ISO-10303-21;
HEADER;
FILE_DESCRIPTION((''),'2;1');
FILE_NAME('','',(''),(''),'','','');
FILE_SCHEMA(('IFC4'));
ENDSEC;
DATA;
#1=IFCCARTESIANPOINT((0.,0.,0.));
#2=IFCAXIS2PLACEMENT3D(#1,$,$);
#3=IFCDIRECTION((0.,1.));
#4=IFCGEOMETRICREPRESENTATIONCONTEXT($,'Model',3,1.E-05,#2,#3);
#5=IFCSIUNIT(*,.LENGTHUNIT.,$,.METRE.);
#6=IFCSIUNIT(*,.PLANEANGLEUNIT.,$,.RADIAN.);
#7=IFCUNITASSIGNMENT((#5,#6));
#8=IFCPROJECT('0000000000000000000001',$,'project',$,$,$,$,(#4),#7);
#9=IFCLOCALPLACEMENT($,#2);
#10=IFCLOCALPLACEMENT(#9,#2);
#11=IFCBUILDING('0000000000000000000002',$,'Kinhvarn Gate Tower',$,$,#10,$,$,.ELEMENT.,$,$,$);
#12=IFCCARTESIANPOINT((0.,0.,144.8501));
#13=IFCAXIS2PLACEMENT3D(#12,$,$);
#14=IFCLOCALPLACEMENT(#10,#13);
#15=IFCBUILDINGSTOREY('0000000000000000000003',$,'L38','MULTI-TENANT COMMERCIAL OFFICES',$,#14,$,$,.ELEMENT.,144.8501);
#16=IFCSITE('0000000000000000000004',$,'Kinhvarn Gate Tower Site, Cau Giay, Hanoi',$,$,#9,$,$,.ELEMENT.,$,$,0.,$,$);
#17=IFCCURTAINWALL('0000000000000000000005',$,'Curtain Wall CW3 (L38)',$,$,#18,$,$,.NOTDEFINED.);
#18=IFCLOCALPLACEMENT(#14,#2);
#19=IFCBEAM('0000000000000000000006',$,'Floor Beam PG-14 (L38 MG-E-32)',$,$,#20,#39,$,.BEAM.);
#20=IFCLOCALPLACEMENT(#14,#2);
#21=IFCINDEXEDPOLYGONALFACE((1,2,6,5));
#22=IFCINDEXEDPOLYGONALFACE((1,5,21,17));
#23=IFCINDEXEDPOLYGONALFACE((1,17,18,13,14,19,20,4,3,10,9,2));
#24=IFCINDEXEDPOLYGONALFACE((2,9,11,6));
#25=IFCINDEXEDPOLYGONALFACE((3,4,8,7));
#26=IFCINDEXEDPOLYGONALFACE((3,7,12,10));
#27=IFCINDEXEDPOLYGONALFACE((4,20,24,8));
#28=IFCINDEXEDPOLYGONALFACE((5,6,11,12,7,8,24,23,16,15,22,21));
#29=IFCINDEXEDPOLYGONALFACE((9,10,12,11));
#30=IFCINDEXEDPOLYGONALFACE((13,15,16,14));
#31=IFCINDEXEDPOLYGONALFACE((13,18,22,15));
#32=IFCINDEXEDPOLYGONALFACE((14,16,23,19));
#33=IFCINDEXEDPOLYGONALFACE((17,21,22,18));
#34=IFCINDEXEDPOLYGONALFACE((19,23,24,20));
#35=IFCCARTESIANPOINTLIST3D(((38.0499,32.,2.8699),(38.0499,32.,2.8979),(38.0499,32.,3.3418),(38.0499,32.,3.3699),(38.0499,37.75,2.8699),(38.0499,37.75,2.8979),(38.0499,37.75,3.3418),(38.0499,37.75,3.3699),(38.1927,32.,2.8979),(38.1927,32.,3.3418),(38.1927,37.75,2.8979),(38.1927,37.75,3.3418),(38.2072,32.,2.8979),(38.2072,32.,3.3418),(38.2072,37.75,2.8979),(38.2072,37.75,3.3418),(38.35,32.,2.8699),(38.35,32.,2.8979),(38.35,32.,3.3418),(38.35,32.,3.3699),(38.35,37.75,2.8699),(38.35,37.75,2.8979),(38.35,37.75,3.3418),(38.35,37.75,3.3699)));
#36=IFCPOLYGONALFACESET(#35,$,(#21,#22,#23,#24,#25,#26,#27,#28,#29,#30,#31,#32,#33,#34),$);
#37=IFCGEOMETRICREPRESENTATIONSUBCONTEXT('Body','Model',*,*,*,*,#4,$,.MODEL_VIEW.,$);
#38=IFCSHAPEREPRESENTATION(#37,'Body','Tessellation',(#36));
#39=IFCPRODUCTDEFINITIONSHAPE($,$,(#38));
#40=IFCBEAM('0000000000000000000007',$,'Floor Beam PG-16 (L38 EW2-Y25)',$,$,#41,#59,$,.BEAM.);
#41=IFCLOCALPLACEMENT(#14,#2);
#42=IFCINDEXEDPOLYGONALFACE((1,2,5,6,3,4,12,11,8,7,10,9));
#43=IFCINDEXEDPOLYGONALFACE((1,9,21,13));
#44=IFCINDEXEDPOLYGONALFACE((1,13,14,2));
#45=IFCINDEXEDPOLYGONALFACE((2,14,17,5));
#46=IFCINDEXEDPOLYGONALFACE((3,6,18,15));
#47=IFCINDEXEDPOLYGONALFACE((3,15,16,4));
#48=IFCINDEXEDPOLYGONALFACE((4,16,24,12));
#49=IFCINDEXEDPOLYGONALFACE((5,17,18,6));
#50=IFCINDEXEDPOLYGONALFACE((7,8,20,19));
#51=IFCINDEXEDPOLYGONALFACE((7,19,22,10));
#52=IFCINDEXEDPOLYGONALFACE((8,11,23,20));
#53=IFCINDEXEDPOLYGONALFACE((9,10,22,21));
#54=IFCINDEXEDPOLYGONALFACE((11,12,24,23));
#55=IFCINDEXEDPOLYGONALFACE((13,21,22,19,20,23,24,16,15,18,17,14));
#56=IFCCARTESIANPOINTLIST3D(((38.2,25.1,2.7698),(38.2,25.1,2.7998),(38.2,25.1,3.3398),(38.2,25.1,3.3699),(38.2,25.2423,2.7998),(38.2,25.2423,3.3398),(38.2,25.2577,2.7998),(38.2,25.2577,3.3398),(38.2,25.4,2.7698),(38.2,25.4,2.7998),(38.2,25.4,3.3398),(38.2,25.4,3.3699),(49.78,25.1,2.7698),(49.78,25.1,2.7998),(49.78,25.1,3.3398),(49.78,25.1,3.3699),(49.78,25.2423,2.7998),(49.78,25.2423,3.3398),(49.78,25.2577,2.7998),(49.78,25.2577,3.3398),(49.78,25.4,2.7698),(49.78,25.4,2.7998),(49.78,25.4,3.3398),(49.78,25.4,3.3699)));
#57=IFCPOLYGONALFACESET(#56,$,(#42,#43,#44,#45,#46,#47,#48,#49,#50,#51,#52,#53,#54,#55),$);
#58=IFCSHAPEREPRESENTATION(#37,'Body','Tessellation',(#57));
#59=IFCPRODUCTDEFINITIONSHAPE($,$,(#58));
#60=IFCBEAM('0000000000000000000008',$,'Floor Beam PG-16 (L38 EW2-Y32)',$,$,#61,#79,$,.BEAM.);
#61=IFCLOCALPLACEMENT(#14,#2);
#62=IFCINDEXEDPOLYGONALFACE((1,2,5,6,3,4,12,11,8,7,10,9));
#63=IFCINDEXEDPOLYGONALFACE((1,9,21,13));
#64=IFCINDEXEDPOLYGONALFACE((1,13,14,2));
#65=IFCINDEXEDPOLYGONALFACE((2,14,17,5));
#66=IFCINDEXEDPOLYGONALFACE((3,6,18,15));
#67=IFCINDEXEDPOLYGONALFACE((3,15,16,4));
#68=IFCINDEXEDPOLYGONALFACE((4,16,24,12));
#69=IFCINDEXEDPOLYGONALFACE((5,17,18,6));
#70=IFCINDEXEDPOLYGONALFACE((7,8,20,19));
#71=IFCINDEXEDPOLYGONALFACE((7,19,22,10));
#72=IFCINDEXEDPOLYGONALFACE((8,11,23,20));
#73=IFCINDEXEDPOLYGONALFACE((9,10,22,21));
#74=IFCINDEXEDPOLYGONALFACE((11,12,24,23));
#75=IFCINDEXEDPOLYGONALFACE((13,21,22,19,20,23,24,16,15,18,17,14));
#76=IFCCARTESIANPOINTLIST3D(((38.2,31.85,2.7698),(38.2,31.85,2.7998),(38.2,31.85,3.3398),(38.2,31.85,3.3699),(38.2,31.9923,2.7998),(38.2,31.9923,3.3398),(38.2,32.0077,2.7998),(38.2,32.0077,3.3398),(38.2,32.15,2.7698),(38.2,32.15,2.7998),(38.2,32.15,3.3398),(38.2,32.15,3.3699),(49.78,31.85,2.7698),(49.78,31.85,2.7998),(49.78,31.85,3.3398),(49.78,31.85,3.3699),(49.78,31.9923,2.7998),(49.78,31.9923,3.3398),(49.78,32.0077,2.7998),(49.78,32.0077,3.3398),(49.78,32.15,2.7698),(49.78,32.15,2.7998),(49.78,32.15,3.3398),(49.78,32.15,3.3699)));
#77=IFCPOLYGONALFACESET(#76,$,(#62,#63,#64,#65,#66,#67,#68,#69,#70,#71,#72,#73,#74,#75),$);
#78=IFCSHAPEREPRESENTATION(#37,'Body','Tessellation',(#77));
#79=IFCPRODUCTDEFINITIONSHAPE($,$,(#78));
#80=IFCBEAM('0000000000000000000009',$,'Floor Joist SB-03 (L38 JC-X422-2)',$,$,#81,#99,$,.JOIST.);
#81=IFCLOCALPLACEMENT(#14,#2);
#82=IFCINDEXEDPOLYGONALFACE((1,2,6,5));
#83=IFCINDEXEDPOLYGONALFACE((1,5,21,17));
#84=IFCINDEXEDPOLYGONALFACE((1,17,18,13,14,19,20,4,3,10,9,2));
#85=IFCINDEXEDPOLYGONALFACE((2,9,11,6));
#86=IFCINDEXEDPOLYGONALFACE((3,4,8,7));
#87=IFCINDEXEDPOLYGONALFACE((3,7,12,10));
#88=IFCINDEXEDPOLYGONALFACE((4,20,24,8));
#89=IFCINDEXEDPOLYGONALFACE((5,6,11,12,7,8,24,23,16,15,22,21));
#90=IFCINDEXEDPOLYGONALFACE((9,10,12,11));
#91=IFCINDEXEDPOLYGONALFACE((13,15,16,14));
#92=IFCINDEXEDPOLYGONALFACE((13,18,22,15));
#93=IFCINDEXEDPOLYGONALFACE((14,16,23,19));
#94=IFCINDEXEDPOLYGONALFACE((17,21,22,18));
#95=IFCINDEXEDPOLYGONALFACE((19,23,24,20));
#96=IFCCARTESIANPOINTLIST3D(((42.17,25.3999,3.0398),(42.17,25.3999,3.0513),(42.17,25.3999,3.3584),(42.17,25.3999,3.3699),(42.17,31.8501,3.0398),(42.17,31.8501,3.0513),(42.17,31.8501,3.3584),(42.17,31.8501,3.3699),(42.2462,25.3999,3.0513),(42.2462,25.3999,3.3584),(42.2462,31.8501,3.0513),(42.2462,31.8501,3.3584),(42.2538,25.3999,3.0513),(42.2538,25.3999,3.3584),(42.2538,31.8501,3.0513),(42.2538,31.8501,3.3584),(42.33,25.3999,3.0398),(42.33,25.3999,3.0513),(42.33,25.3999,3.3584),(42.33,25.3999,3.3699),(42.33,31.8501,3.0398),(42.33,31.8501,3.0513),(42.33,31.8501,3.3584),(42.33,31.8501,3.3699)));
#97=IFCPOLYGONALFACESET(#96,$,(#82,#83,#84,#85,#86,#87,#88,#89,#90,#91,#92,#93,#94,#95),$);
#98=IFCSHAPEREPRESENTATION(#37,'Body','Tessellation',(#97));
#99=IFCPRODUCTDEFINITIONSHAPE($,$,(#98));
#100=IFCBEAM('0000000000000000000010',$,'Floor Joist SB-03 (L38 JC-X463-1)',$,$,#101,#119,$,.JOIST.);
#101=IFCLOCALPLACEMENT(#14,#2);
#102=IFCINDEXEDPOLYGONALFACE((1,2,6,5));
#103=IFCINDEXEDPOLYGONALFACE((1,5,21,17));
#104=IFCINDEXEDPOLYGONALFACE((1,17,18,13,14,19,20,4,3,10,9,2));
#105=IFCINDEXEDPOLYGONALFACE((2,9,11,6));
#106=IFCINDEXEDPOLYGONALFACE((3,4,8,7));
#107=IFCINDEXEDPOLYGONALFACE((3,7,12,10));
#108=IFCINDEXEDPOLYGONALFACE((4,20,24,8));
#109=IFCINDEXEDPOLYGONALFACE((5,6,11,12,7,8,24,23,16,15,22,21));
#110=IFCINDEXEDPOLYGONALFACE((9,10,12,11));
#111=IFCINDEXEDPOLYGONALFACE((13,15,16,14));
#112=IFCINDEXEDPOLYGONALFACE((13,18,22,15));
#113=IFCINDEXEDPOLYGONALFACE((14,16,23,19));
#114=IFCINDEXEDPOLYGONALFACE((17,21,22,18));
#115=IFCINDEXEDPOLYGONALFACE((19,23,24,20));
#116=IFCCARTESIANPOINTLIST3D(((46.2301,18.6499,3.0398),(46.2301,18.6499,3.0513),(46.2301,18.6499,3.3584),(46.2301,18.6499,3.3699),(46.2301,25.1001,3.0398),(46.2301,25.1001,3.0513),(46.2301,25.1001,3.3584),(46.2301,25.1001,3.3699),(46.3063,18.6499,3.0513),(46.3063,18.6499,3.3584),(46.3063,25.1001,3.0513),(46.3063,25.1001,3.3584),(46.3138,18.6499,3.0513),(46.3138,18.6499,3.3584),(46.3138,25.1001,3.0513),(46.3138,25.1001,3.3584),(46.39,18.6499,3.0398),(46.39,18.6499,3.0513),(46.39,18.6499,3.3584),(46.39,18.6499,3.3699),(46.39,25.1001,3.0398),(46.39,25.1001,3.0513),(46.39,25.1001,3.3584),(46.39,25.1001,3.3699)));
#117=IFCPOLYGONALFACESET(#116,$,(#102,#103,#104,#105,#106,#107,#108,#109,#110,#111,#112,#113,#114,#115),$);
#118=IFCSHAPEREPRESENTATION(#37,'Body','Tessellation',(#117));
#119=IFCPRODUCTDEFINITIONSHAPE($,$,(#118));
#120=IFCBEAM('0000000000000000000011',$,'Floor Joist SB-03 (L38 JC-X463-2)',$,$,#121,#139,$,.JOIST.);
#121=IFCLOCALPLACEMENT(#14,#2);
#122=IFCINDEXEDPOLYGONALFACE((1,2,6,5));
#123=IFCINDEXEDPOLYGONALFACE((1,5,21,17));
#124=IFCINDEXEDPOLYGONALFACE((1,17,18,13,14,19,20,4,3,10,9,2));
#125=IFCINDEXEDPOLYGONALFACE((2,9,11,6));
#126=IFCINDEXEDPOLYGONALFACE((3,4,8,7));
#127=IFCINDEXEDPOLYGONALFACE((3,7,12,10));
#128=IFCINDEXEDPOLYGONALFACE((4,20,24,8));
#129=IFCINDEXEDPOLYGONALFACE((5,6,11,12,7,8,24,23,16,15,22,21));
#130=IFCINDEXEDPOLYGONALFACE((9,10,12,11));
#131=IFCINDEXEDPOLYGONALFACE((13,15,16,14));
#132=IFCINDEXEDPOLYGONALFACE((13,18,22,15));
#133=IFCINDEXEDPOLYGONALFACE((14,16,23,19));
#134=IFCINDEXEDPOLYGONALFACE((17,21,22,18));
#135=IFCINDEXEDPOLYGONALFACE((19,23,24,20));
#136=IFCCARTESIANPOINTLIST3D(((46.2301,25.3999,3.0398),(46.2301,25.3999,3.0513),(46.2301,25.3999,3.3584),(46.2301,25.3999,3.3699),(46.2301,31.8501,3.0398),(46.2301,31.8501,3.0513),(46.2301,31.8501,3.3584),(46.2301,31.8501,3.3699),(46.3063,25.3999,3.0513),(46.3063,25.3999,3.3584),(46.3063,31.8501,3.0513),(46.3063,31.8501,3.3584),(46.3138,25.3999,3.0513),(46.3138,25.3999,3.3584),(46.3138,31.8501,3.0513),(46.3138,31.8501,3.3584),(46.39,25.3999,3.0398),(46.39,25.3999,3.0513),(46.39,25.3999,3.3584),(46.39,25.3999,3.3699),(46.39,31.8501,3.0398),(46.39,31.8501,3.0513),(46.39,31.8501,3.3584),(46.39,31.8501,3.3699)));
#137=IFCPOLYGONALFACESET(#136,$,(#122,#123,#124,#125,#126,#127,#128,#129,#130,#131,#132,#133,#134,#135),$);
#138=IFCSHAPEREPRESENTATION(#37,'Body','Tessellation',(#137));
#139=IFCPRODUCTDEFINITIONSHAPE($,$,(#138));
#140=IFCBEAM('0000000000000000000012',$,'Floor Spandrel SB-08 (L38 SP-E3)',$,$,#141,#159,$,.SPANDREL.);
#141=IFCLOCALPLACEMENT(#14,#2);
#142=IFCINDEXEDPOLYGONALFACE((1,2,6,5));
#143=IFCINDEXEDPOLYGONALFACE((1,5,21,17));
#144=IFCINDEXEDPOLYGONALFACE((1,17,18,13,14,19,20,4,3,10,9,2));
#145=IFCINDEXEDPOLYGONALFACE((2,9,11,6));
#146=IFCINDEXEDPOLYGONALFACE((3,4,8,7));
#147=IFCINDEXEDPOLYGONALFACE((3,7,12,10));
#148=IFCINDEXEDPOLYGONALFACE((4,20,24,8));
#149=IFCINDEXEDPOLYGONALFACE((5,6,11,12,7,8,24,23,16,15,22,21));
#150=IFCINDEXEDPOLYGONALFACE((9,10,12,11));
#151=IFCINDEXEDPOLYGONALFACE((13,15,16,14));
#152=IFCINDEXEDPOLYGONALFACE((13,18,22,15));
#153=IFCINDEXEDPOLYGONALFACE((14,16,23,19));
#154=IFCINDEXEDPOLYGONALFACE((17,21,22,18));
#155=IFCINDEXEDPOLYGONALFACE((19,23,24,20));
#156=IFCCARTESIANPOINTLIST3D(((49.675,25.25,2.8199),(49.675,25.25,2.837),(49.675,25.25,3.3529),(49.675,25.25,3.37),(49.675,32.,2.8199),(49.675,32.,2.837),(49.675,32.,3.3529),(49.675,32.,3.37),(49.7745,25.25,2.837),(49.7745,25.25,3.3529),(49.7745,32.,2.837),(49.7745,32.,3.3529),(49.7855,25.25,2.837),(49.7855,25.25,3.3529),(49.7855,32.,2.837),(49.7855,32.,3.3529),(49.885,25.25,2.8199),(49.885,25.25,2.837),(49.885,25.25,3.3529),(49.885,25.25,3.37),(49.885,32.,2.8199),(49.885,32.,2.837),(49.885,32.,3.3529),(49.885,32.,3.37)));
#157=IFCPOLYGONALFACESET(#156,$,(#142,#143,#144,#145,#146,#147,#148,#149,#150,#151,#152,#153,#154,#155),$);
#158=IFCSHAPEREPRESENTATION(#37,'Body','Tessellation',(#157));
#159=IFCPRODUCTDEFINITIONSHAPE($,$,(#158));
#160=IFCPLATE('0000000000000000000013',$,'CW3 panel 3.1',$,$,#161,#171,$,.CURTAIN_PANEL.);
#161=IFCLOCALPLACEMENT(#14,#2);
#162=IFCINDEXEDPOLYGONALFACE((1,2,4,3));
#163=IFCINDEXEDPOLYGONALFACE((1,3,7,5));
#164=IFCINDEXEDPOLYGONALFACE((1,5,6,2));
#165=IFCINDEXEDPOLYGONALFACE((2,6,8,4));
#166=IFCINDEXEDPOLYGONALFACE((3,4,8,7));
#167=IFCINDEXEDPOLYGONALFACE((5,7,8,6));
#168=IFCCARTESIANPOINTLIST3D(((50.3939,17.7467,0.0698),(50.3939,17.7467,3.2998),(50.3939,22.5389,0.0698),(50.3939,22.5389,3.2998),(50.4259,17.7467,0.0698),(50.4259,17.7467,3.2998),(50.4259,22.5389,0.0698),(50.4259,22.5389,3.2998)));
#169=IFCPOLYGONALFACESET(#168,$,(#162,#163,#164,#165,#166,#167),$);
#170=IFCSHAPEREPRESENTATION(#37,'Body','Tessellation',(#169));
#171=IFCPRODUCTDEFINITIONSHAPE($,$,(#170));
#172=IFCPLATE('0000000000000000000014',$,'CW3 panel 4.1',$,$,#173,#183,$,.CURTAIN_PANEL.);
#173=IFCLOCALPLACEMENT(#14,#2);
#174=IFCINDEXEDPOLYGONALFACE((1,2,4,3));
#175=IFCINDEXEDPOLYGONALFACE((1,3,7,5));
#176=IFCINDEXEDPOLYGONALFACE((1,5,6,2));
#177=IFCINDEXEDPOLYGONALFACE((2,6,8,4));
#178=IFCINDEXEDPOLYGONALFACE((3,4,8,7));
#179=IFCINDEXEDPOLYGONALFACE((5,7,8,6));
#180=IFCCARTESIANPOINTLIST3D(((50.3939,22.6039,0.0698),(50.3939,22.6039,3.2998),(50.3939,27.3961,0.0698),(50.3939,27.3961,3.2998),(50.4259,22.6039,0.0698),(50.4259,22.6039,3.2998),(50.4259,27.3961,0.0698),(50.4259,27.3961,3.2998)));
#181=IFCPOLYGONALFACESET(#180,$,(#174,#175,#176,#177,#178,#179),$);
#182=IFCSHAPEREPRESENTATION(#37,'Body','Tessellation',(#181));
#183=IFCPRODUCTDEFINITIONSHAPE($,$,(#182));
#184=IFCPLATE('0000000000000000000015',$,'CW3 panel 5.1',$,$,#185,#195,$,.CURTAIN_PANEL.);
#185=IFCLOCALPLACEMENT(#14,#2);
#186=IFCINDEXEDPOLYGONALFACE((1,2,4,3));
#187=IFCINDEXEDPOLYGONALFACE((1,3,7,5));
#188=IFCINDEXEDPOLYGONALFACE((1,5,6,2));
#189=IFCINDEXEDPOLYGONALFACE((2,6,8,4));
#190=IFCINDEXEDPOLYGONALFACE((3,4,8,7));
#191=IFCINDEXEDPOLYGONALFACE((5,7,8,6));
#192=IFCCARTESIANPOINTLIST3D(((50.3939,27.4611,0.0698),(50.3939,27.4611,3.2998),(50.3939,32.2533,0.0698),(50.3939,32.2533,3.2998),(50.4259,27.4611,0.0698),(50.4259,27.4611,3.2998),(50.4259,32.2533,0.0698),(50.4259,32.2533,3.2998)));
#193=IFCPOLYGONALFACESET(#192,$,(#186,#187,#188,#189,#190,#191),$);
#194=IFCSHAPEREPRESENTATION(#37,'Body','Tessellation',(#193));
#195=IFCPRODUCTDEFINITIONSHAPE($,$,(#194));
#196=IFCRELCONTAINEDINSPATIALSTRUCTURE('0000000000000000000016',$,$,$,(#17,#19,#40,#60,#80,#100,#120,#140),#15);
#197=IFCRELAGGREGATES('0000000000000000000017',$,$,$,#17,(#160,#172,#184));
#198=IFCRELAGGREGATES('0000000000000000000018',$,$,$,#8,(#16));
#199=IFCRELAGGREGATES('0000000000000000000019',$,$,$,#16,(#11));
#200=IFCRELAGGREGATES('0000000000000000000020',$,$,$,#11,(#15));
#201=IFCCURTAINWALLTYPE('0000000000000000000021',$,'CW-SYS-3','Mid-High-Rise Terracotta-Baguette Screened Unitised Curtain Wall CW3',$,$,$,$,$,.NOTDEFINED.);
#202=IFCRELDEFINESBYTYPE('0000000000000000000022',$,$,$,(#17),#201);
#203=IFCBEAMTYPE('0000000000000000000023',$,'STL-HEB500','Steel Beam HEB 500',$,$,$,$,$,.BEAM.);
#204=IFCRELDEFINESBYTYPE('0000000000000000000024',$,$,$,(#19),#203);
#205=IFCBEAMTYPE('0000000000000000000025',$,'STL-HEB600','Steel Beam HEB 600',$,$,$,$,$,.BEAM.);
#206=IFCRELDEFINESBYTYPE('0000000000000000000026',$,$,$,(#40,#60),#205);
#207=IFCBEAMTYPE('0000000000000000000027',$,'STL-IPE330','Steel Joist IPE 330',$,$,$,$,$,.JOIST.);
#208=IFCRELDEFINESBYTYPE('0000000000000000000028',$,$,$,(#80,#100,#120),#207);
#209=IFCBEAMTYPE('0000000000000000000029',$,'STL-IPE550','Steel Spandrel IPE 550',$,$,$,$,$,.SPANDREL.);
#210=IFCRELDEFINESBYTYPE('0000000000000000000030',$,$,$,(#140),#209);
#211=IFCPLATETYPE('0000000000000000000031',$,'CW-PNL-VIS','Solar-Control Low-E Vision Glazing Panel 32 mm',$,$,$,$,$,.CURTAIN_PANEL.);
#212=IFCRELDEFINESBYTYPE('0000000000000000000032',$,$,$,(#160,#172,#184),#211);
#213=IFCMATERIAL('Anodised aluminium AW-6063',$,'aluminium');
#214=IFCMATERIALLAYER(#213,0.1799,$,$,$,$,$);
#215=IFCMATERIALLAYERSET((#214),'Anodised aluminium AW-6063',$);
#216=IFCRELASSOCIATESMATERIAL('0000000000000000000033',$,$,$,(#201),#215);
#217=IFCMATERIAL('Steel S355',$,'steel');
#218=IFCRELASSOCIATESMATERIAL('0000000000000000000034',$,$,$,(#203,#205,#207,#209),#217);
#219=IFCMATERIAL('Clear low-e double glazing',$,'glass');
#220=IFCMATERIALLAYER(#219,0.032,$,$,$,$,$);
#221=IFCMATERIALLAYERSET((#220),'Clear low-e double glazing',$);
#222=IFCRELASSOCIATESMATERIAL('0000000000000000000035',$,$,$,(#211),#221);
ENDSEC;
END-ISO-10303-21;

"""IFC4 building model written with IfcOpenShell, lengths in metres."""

from ifc_helpers import new_model, si_unit, direction, frame, origin, origin_2d, place, context, subcontext, project, spatial, rectangle, i_section, extrude, material, layer, layer_set, material_profile, profile_set, type_object, element, aggregate, save


model = new_model("IFC4")

# Units and contexts
model_context = context("Model", 3, precision=1e-05, world=origin(), true_north=direction((0.0, 1.0)))
body_context = subcontext(model_context, "Body", "Model", "MODEL_VIEW")
ifc_project = project(units=[si_unit("LENGTHUNIT", "METRE"), si_unit("PLANEANGLEUNIT", "RADIAN")], contexts=[model_context])

# Site, building, storey
site_placement = place(None, origin())
site = spatial("IfcSite", under=ifc_project, at=site_placement, Name="Kinhvarn Gate Tower Site, Cau Giay, Hanoi", CompositionType="ELEMENT", RefElevation=0.0)
building_placement = place(site_placement, origin())
building = spatial("IfcBuilding", under=site, at=building_placement, Name="Kinhvarn Gate Tower", CompositionType="ELEMENT")
storey_placement = place(building_placement, frame((0.0, 0.0, 144.8501)))
storey = spatial("IfcBuildingStorey", under=building, at=storey_placement, Name="L38", Description="MULTI-TENANT COMMERCIAL OFFICES", CompositionType="ELEMENT", Elevation=144.8501)

# Curtain wall
ifc_material_1 = material(Name="Anodised aluminium AW-6063", Category="aluminium")
ifc_layer_1 = layer(ifc_material_1, 0.1799)
ifc_layer_set_1 = layer_set([ifc_layer_1], Name="Anodised aluminium AW-6063")
curtain_wall_type = type_object("IfcCurtainWallType", Name="CW-SYS-3", Description="Mid-High-Rise Terracotta-Baguette Screened Unitised Curtain Wall CW3", PredefinedType="NOTDEFINED", material=ifc_layer_set_1)
curtain_wall_placement = place(storey_placement, origin())
curtain_wall = element("IfcCurtainWall", 1, at=curtain_wall_placement, inside=storey, type_object=curtain_wall_type, Name="Curtain Wall CW3 (L38)", PredefinedType="NOTDEFINED")

# Beams
ifc_material_2 = material(Name="Steel S355", Category="steel")
ifc_material_profile_1 = material_profile(ifc_material_2, i_section(OverallWidth=0.3, OverallDepth=0.5, WebThickness=0.0144, FlangeThickness=0.0281, at=origin_2d()), Name="HEB 500")
ifc_profile_set_1 = profile_set([ifc_material_profile_1], Name="Steel S355")
beam_type_1 = type_object("IfcBeamType", Name="STL-HEB500", Description="Steel Beam HEB 500", PredefinedType="BEAM", material=ifc_profile_set_1)
beam_1_placement = place(storey_placement, frame((38.2, 32.0, 3.1199), z_axis=(0.0, 1.0, 0.0), x_axis=(-1.0, 0.0, 0.0)))
element("IfcBeam", 2, at=beam_1_placement, inside=storey, type_object=beam_type_1, Name="Floor Beam PG-14 (L38 MG-E-32)", PredefinedType="BEAM", context=body_context, shape_type="SweptSolid", body=[
    extrude(i_section(OverallWidth=0.3, OverallDepth=0.5, WebThickness=0.0144, FlangeThickness=0.0281, at=origin_2d()), origin(), (0.0, 0.0, 1.0), 5.75),
])
ifc_material_profile_2 = material_profile(ifc_material_2, i_section(OverallWidth=0.3, OverallDepth=0.6001, WebThickness=0.0154, FlangeThickness=0.03, at=origin_2d()), Name="HEB 600")
ifc_profile_set_2 = profile_set([ifc_material_profile_2], Name="Steel S355")
beam_type_2 = type_object("IfcBeamType", Name="STL-HEB600", Description="Steel Beam HEB 600", PredefinedType="BEAM", material=ifc_profile_set_2)
for number, where, z_axis, x_axis, name in (
    (3, (38.2, 25.25, 3.0698), (1.0, 0.0, 0.0), (0.0, 1.0, 0.0), "Floor Beam PG-16 (L38 EW2-Y25)"),
    (4, (38.2, 32.0, 3.0698), (1.0, 0.0, 0.0), (0.0, 1.0, 0.0), "Floor Beam PG-16 (L38 EW2-Y32)"),
):
    element("IfcBeam", number, at=place(storey_placement, frame(where, z_axis=z_axis, x_axis=x_axis)), inside=storey, type_object=beam_type_2, Name=name, PredefinedType="BEAM", context=body_context, shape_type="SweptSolid", body=[
        extrude(i_section(OverallWidth=0.3, OverallDepth=0.6001, WebThickness=0.0154, FlangeThickness=0.03, at=origin_2d()), origin(), (0.0, 0.0, 1.0), 11.5801),
    ])
ifc_material_profile_3 = material_profile(ifc_material_2, i_section(OverallWidth=0.1599, OverallDepth=0.3301, WebThickness=0.0076, FlangeThickness=0.0115, at=origin_2d()), Name="IPE 330")
ifc_profile_set_3 = profile_set([ifc_material_profile_3], Name="Steel S355")
beam_type_3 = type_object("IfcBeamType", Name="STL-IPE330", Description="Steel Joist IPE 330", PredefinedType="JOIST", material=ifc_profile_set_3)
for number, where, z_axis, x_axis, name in (
    (5, (42.25, 25.3999, 3.2048), (0.0, 1.0, 0.0), (-1.0, 0.0, 0.0), "Floor Joist SB-03 (L38 JC-X422-2)"),
    (6, (46.3101, 18.6499, 3.2048), (0.0, 1.0, 0.0), (-1.0, 0.0, 0.0), "Floor Joist SB-03 (L38 JC-X463-1)"),
    (7, (46.3101, 25.3999, 3.2048), (0.0, 1.0, 0.0), (-1.0, 0.0, 0.0), "Floor Joist SB-03 (L38 JC-X463-2)"),
):
    element("IfcBeam", number, at=place(storey_placement, frame(where, z_axis=z_axis, x_axis=x_axis)), inside=storey, type_object=beam_type_3, Name=name, PredefinedType="JOIST", context=body_context, shape_type="SweptSolid", body=[
        extrude(i_section(OverallWidth=0.1599, OverallDepth=0.3301, WebThickness=0.0076, FlangeThickness=0.0115, at=origin_2d()), origin(), (0.0, 0.0, 1.0), 6.4502),
    ])
ifc_material_profile_4 = material_profile(ifc_material_2, i_section(OverallWidth=0.21, OverallDepth=0.55, WebThickness=0.011, FlangeThickness=0.0171, at=origin_2d()), Name="IPE 550")
ifc_profile_set_4 = profile_set([ifc_material_profile_4], Name="Steel S355")
beam_type_4 = type_object("IfcBeamType", Name="STL-IPE550", Description="Steel Spandrel IPE 550", PredefinedType="SPANDREL", material=ifc_profile_set_4)
beam_2_placement = place(storey_placement, frame((49.78, 25.25, 3.095), z_axis=(0.0, 1.0, 0.0), x_axis=(-1.0, 0.0, 0.0)))
element("IfcBeam", 8, at=beam_2_placement, inside=storey, type_object=beam_type_4, Name="Floor Spandrel SB-08 (L38 SP-E3)", PredefinedType="SPANDREL", context=body_context, shape_type="SweptSolid", body=[
    extrude(i_section(OverallWidth=0.21, OverallDepth=0.55, WebThickness=0.011, FlangeThickness=0.0171, at=origin_2d()), origin(), (0.0, 0.0, 1.0), 6.75),
])

# Plates
ifc_material_3 = material(Name="Clear low-e double glazing", Category="glass")
ifc_layer_2 = layer(ifc_material_3, 0.032)
ifc_layer_set_2 = layer_set([ifc_layer_2], Name="Clear low-e double glazing")
plate_type = type_object("IfcPlateType", Name="CW-PNL-VIS", Description="Solar-Control Low-E Vision Glazing Panel 32 mm", PredefinedType="CURTAIN_PANEL", material=ifc_layer_set_2)
plate_1_placement = place(storey_placement, frame((50.4099, 20.1428, 0.0698), z_axis=(0.0, 0.0, 1.0), x_axis=(0.0, 1.0, 0.0)))
plate_1 = element("IfcPlate", 9, at=plate_1_placement, type_object=plate_type, Name="CW3 panel 3.1", PredefinedType="CURTAIN_PANEL", context=body_context, shape_type="SweptSolid", body=[
    extrude(rectangle(XDim=4.7922, YDim=0.032, at=origin_2d()), origin(), (0.0, 0.0, 1.0), 3.23),
])
plate_2_placement = place(storey_placement, frame((50.4099, 25.0, 0.0698), z_axis=(0.0, 0.0, 1.0), x_axis=(0.0, 1.0, 0.0)))
plate_2 = element("IfcPlate", 10, at=plate_2_placement, type_object=plate_type, Name="CW3 panel 4.1", PredefinedType="CURTAIN_PANEL", context=body_context, shape_type="SweptSolid", body=[
    extrude(rectangle(XDim=4.7922, YDim=0.032, at=origin_2d()), origin(), (0.0, 0.0, 1.0), 3.23),
])
plate_3_placement = place(storey_placement, frame((50.4099, 29.8572, 0.0698), z_axis=(0.0, 0.0, 1.0), x_axis=(0.0, 1.0, 0.0)))
plate_3 = element("IfcPlate", 11, at=plate_3_placement, type_object=plate_type, Name="CW3 panel 5.1", PredefinedType="CURTAIN_PANEL", context=body_context, shape_type="SweptSolid", body=[
    extrude(rectangle(XDim=4.7922, YDim=0.032, at=origin_2d()), origin(), (0.0, 0.0, 1.0), 3.23),
])
aggregate(curtain_wall, [plate_1, plate_2, plate_3])

save(model, "model.ifc")
